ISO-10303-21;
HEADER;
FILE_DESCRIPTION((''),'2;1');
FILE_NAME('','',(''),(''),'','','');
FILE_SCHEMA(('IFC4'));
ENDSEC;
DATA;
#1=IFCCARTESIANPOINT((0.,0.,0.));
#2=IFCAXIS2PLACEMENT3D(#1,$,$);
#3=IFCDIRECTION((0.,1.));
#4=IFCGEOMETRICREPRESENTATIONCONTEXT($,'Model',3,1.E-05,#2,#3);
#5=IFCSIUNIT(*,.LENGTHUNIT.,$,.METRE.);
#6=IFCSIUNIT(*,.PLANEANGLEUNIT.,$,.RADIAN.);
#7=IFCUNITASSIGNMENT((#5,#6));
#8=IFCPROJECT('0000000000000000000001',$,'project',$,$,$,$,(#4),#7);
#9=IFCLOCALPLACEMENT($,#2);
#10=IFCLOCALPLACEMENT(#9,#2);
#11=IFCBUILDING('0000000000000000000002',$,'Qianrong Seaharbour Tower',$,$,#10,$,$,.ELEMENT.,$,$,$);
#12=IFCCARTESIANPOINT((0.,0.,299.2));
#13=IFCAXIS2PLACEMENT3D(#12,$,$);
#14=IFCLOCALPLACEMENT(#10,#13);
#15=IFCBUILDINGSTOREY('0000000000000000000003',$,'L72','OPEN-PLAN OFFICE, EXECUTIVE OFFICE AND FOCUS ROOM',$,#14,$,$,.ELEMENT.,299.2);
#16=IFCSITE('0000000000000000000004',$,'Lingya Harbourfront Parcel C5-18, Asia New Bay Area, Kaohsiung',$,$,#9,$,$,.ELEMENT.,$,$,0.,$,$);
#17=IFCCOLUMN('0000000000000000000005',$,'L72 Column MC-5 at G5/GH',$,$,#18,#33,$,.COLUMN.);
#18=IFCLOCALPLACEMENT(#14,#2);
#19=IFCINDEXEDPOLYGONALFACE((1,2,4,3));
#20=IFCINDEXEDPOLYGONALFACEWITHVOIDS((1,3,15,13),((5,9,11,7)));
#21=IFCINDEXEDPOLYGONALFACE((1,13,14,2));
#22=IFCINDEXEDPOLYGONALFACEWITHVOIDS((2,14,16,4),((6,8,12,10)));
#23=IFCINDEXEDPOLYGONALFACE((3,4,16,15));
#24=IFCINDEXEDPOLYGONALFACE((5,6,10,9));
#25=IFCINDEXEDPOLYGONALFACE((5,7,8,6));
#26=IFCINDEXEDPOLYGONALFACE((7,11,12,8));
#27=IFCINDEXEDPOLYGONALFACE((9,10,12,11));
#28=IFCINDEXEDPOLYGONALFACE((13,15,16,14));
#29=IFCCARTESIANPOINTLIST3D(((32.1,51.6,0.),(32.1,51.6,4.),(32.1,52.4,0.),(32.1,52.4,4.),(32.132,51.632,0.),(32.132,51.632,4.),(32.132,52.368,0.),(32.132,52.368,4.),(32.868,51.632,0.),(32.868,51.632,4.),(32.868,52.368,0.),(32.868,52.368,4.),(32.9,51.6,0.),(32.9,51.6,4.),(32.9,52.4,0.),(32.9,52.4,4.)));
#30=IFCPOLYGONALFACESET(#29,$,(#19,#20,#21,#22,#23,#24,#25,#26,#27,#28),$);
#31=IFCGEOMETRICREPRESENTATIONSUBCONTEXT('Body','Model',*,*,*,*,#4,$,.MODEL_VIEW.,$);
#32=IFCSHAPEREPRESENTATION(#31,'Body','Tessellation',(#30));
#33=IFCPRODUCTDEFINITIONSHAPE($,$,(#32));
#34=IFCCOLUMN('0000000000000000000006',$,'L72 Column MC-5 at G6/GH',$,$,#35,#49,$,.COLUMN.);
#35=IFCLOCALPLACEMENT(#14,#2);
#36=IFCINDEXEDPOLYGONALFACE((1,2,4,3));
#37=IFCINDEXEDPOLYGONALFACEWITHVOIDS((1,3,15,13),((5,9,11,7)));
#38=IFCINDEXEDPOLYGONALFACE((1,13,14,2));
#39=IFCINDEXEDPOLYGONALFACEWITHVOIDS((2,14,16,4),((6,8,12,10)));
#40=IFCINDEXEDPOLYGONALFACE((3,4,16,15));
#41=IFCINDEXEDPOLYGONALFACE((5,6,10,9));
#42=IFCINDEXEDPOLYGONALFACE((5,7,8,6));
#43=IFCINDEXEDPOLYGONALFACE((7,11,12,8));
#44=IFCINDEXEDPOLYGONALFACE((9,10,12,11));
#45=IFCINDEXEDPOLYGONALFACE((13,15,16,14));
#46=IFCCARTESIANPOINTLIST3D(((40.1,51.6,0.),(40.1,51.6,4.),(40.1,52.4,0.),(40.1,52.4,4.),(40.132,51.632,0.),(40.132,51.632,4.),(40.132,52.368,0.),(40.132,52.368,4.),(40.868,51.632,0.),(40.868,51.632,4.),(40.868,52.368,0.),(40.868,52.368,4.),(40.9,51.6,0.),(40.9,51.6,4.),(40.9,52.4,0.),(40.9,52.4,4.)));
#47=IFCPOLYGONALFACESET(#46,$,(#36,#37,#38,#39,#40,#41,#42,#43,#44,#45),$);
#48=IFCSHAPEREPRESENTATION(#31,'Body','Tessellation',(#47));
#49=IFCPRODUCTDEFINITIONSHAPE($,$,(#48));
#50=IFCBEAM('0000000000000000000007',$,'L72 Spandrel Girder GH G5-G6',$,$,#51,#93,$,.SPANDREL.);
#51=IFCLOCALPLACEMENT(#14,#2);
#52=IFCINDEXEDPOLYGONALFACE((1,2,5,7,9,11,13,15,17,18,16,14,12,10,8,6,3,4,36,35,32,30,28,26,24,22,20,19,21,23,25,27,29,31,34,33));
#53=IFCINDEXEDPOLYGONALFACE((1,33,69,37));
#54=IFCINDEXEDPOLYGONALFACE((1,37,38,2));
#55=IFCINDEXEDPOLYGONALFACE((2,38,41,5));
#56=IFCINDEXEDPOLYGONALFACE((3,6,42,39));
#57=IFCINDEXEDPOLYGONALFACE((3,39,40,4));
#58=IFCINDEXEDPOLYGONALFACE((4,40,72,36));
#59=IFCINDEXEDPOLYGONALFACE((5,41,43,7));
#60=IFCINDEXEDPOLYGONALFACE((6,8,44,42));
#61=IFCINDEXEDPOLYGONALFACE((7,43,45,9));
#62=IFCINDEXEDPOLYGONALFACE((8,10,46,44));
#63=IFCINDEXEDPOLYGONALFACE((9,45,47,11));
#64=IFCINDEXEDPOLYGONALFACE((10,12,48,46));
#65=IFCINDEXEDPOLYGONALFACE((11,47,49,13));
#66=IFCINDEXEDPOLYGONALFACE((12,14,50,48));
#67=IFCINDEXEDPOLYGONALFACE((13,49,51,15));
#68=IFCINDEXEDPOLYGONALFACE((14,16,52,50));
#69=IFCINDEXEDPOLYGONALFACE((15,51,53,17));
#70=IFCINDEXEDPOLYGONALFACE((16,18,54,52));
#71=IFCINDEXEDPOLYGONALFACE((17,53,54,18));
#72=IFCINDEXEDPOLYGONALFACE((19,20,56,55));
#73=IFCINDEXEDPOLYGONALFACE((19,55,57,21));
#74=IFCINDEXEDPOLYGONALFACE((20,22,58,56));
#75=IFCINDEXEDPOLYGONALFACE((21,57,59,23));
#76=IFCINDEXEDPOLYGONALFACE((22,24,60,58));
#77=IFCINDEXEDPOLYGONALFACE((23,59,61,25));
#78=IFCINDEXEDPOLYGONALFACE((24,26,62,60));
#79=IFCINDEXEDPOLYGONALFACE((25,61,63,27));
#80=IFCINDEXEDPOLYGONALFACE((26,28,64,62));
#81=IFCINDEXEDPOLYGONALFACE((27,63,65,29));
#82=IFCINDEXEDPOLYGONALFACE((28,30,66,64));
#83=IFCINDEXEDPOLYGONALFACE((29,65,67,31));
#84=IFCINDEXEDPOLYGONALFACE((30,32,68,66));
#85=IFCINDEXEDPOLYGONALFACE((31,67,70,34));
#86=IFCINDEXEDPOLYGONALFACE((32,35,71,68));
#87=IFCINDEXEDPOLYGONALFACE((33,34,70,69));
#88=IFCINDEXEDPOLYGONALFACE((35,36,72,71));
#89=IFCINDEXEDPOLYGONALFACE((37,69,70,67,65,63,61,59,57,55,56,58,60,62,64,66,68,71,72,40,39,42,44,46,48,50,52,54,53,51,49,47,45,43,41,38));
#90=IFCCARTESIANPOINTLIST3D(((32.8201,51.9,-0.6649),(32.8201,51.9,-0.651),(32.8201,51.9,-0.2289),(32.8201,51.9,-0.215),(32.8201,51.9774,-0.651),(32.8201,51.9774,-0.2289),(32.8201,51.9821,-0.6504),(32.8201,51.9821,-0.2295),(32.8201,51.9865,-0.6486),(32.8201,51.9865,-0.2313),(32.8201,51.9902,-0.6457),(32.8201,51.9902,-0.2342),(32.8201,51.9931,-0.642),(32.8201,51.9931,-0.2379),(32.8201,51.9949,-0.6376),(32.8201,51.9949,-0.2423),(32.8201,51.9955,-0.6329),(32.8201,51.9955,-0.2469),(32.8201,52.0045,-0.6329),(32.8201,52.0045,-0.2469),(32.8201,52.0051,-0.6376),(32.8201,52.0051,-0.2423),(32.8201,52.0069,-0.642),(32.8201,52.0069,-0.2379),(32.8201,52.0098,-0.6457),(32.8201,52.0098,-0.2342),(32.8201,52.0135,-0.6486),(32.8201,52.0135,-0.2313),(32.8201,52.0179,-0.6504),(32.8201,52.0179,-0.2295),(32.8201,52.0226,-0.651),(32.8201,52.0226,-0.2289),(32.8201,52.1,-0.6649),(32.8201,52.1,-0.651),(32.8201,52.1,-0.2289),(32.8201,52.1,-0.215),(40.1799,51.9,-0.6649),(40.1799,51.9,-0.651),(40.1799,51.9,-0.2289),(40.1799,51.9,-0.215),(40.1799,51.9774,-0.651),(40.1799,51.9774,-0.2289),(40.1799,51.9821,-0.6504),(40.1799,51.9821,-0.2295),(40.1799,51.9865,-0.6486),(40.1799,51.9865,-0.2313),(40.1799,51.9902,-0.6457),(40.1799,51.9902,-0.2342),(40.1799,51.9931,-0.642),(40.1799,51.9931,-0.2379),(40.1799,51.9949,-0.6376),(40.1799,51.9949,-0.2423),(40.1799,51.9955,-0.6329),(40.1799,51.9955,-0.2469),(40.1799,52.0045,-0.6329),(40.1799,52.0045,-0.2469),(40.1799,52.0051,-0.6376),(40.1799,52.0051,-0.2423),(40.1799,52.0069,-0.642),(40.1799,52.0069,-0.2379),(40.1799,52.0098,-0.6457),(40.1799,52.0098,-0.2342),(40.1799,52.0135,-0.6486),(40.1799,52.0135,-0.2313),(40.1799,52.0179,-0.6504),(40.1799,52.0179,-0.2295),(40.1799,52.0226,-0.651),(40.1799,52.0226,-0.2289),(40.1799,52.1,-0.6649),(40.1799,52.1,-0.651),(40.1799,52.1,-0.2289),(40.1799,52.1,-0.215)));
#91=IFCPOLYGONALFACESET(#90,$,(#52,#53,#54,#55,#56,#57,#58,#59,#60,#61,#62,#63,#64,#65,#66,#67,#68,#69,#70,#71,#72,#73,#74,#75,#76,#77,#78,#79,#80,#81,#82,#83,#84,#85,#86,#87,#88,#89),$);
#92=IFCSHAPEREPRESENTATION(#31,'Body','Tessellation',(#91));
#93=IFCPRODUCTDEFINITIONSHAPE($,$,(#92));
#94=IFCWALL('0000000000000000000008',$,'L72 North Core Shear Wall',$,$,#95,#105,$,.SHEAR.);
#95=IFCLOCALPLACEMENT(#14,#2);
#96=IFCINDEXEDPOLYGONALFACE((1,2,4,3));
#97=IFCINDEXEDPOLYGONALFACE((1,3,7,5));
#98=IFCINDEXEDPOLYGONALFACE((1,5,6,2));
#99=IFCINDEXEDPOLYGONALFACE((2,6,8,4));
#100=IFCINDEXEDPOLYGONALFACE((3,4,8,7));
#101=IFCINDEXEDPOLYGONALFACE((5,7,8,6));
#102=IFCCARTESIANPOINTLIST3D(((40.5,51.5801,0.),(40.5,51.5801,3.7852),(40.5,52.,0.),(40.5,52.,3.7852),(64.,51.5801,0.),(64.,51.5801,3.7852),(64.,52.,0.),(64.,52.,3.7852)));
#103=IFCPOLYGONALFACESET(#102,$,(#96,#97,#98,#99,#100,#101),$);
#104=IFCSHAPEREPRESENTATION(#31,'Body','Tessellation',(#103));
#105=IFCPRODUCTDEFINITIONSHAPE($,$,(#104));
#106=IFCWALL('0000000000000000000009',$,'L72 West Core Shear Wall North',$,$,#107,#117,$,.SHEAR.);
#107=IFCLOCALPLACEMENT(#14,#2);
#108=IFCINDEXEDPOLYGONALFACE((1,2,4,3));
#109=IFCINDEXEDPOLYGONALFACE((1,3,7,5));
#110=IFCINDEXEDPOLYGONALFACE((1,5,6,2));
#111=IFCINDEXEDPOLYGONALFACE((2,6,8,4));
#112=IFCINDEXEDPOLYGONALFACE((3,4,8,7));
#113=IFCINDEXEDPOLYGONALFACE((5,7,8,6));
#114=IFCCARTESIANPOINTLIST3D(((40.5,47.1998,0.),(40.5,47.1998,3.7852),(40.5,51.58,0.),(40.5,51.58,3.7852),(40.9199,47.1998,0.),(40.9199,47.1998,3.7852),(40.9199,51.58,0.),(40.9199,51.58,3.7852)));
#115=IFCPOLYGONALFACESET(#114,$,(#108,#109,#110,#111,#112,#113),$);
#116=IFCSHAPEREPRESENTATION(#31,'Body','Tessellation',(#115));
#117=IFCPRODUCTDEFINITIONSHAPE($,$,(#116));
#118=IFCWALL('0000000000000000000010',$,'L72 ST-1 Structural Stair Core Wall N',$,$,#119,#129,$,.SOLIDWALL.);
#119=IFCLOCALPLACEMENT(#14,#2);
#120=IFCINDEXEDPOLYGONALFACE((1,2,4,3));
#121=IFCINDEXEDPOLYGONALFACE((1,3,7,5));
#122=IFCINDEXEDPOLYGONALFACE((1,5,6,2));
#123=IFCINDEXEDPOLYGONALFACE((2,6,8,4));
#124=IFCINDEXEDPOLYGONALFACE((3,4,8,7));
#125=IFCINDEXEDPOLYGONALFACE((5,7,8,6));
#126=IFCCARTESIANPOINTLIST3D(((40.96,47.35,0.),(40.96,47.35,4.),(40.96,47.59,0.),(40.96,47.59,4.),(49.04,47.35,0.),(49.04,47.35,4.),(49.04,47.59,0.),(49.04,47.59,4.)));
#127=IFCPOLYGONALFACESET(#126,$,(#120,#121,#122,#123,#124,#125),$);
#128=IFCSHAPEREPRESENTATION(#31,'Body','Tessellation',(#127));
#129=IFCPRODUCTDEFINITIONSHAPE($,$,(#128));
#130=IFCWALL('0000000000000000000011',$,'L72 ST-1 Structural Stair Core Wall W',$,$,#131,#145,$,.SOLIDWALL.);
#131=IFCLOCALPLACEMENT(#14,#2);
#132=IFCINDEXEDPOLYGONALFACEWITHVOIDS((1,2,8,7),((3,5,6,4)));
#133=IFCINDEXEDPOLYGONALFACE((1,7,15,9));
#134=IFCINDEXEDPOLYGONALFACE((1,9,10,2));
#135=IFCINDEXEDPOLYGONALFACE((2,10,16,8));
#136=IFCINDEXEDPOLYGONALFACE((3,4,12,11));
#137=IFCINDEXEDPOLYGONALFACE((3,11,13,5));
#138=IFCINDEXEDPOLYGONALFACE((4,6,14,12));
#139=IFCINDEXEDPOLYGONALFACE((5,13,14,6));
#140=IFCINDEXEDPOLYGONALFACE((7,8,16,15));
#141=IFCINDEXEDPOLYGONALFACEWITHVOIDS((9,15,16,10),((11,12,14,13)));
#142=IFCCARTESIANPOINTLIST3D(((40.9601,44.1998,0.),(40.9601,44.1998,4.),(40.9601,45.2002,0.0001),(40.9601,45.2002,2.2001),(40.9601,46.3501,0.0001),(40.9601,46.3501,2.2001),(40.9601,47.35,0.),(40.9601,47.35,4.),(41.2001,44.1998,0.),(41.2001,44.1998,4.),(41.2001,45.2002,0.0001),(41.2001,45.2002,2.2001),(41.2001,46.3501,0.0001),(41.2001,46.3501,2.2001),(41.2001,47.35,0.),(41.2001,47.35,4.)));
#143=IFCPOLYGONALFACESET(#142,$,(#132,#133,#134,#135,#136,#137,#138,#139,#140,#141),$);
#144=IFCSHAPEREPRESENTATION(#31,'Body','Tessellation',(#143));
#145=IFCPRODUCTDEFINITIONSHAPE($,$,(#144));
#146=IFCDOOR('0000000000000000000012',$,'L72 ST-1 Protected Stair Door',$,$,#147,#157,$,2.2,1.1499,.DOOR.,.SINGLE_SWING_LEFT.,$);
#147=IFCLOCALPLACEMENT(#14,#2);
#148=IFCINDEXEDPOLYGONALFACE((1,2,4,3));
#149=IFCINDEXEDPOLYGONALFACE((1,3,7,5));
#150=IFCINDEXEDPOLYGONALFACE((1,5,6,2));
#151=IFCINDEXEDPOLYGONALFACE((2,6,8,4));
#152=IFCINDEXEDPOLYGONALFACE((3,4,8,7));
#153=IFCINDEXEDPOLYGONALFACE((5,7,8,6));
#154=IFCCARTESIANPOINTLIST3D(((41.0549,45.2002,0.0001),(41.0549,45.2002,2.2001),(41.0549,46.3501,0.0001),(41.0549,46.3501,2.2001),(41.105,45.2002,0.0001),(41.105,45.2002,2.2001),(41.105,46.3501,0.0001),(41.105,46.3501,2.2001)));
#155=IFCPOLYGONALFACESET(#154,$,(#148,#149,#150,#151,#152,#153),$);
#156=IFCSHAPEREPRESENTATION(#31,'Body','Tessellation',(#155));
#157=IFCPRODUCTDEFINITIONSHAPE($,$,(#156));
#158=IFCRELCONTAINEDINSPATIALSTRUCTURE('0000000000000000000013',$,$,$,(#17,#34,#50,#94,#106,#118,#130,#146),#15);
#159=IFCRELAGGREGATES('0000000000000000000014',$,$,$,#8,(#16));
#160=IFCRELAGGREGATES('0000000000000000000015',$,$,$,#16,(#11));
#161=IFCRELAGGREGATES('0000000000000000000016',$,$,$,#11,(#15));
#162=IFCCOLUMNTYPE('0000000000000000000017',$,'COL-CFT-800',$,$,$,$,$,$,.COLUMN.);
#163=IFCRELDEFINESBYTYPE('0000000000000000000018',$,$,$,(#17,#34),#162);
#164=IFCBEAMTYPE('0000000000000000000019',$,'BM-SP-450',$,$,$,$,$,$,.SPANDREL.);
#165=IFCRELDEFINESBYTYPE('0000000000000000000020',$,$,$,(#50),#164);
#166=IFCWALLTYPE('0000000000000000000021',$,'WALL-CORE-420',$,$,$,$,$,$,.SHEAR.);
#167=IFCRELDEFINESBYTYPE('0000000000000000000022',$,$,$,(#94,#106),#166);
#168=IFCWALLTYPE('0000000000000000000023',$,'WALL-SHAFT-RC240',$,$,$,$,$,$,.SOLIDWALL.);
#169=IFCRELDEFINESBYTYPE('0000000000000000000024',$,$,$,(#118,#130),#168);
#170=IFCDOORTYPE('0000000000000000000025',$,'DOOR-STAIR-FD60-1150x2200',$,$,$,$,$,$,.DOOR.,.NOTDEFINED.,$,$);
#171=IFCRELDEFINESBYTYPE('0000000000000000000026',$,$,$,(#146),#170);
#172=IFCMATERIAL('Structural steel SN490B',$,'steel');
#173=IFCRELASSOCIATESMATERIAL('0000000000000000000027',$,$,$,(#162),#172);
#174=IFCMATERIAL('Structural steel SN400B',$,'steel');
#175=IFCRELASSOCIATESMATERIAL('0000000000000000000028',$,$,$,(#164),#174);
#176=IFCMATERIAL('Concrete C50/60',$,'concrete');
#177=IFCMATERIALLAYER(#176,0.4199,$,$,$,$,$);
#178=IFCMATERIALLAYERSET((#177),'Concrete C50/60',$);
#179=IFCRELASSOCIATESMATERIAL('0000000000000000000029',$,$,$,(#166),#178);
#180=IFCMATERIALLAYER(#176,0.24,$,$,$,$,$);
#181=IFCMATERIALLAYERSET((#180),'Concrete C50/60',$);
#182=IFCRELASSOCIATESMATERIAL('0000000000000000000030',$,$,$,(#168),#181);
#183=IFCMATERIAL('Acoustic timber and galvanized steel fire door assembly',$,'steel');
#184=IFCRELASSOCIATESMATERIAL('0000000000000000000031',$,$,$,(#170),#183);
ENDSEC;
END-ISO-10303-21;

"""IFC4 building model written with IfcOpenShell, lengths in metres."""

from ifc_helpers import new_model, si_unit, direction, frame, frame_2d, origin, origin_2d, place, context, subcontext, project, spatial, rectangle, hollow_rectangle, i_section, extrude, material, layer, layer_set, material_profile, profile_set, type_object, element, fill, save


model = new_model("IFC4")

# Units and contexts
model_context = context("Model", 3, precision=1e-05, world=origin(), true_north=direction((0.0, 1.0)))
body_context = subcontext(model_context, "Body", "Model", "MODEL_VIEW")
ifc_project = project(units=[si_unit("LENGTHUNIT", "METRE"), si_unit("PLANEANGLEUNIT", "RADIAN")], contexts=[model_context])

# Site, building, storey
site_placement = place(None, origin())
site = spatial("IfcSite", under=ifc_project, at=site_placement, Name="Lingya Harbourfront Parcel C5-18, Asia New Bay Area, Kaohsiung", CompositionType="ELEMENT", RefElevation=0.0)
building_placement = place(site_placement, origin())
building = spatial("IfcBuilding", under=site, at=building_placement, Name="Qianrong Seaharbour Tower", CompositionType="ELEMENT")
storey_placement = place(building_placement, frame((0.0, 0.0, 299.2)))
storey = spatial("IfcBuildingStorey", under=building, at=storey_placement, Name="L72", Description="OPEN-PLAN OFFICE, EXECUTIVE OFFICE AND FOCUS ROOM", CompositionType="ELEMENT", Elevation=299.2)

# Columns
ifc_material_1 = material(Name="Structural steel SN490B", Category="steel")
ifc_material_profile_1 = material_profile(ifc_material_1, hollow_rectangle(XDim=0.8, YDim=0.8, WallThickness=0.032, at=origin_2d()), Name="BOX800x800x32")
ifc_profile_set_1 = profile_set([ifc_material_profile_1], Name="Structural steel SN490B")
column_type = type_object("IfcColumnType", Name="COL-CFT-800", PredefinedType="COLUMN", material=ifc_profile_set_1)
for number, where, z_axis, x_axis, name in (
    (1, (32.5, 52.0, 0.0), (0.0, 0.0, 1.0), (1.0, 0.0, 0.0), "L72 Column MC-5 at G5/GH"),
    (2, (40.5, 52.0, 0.0), (0.0, 0.0, 1.0), (1.0, 0.0, 0.0), "L72 Column MC-5 at G6/GH"),
):
    element("IfcColumn", number, at=place(storey_placement, frame(where, z_axis=z_axis, x_axis=x_axis)), inside=storey, type_object=column_type, Name=name, PredefinedType="COLUMN", context=body_context, shape_type="SweptSolid", body=[
        extrude(hollow_rectangle(XDim=0.8, YDim=0.8, WallThickness=0.032, at=origin_2d()), origin(), (0.0, 0.0, 1.0), 4.0),
    ])

# Beam
ifc_material_2 = material(Name="Structural steel SN400B", Category="steel")
ifc_material_profile_2 = material_profile(ifc_material_2, i_section(OverallWidth=0.2, OverallDepth=0.45, WebThickness=0.009, FlangeThickness=0.0139, FilletRadius=0.0181, at=origin_2d()), Name="H450x200x9x14")
ifc_profile_set_2 = profile_set([ifc_material_profile_2], Name="Structural steel SN400B")
beam_type = type_object("IfcBeamType", Name="BM-SP-450", PredefinedType="SPANDREL", material=ifc_profile_set_2)
beam_placement = place(storey_placement, frame((32.8201, 52.0, -0.4399), z_axis=(1.0, 0.0, 0.0), x_axis=(0.0, 1.0, 0.0)))
element("IfcBeam", 3, at=beam_placement, inside=storey, type_object=beam_type, Name="L72 Spandrel Girder GH G5-G6", PredefinedType="SPANDREL", context=body_context, shape_type="SweptSolid", body=[
    extrude(i_section(OverallWidth=0.2, OverallDepth=0.45, WebThickness=0.009, FlangeThickness=0.0139, FilletRadius=0.0181, at=origin_2d()), origin(), (0.0, 0.0, 1.0), 7.3599),
])

# Walls
ifc_material_3 = material(Name="Concrete C50/60", Category="concrete")
ifc_layer_1 = layer(ifc_material_3, 0.4199)
ifc_layer_set_1 = layer_set([ifc_layer_1], Name="Concrete C50/60")
wall_type_1 = type_object("IfcWallType", Name="WALL-CORE-420", PredefinedType="SHEAR", material=ifc_layer_set_1)
wall_1_placement = place(storey_placement, frame((40.5, 51.79, 0.0), z_axis=(0.0, 0.0, 1.0), x_axis=(1.0, 0.0, 0.0)))
element("IfcWall", 4, at=wall_1_placement, inside=storey, type_object=wall_type_1, Name="L72 North Core Shear Wall", PredefinedType="SHEAR", context=body_context, shape_type="SweptSolid", body=[
    extrude(rectangle(XDim=23.5, YDim=0.4199, at=frame_2d((11.75, 0.0))), origin(), (0.0, 0.0, 1.0), 3.7852),
])
wall_2_placement = place(storey_placement, frame((40.71, 47.2, 0.0), z_axis=(0.0, 0.0, 1.0), x_axis=(0.0, 1.0, 0.0)))
element("IfcWall", 5, at=wall_2_placement, inside=storey, type_object=wall_type_1, Name="L72 West Core Shear Wall North", PredefinedType="SHEAR", context=body_context, shape_type="SweptSolid", body=[
    extrude(rectangle(XDim=4.3801, YDim=0.4199, at=frame_2d((2.1899, 0.0))), origin(), (0.0, 0.0, 1.0), 3.7852),
])

# Shared definitions
ifc_material_4 = material(Name="Acoustic timber and galvanized steel fire door assembly", Category="steel")

# Wall
ifc_layer_2 = layer(ifc_material_3, 0.24)
ifc_layer_set_2 = layer_set([ifc_layer_2], Name="Concrete C50/60")
wall_type_2 = type_object("IfcWallType", Name="WALL-SHAFT-RC240", PredefinedType="SOLIDWALL", material=ifc_layer_set_2)
wall_3_placement = place(storey_placement, frame((40.96, 47.47, 0.0), z_axis=(0.0, 0.0, 1.0), x_axis=(1.0, 0.0, 0.0)))
element("IfcWall", 6, at=wall_3_placement, inside=storey, type_object=wall_type_2, Name="L72 ST-1 Structural Stair Core Wall N", PredefinedType="SOLIDWALL", context=body_context, shape_type="SweptSolid", body=[
    extrude(rectangle(XDim=8.0801, YDim=0.24, at=frame_2d((4.04, 0.0))), origin(), (0.0, 0.0, 1.0), 4.0),
])

# Wall, opening, door
wall_4_placement = place(storey_placement, frame((41.0801, 47.3501, 0.0), z_axis=(0.0, 0.0, 1.0), x_axis=(0.0, -1.0, 0.0)))
wall_4 = element("IfcWall", 7, at=wall_4_placement, inside=storey, type_object=wall_type_2, Name="L72 ST-1 Structural Stair Core Wall W", PredefinedType="SOLIDWALL", context=body_context, shape_type="SweptSolid", body=[
    extrude(rectangle(XDim=3.1501, YDim=0.24, at=frame_2d((1.5752, 0.0))), origin(), (0.0, 0.0, 1.0), 4.0),
])
opening_1_placement = place(wall_4_placement, frame((1.0, 0.0, 0.0)))
opening_1 = element("IfcOpeningElement", 8, at=opening_1_placement, cuts=wall_4, PredefinedType="OPENING", context=body_context, shape_type="SweptSolid", body=[
    extrude(rectangle(XDim=1.1499, YDim=2.2, at=frame_2d((0.575, 1.1001))), frame((0.0, 0.1299, 0.0), z_axis=(0.0, -1.0, 0.0), x_axis=(1.0, 0.0, 0.0)), (0.0, 0.0, 1.0), 0.26),
])
door_type_1 = type_object("IfcDoorType", Name="DOOR-STAIR-FD60-1150x2200", OperationType="NOTDEFINED", PredefinedType="DOOR", material=ifc_material_4)
door_1_placement = place(opening_1_placement, origin())
door_1 = element("IfcDoor", 9, at=door_1_placement, inside=storey, type_object=door_type_1, Name="L72 ST-1 Protected Stair Door", OperationType="SINGLE_SWING_LEFT", OverallHeight=2.2, OverallWidth=1.1499, PredefinedType="DOOR", context=body_context, shape_type="SweptSolid", body=[
    extrude(rectangle(XDim=1.1499, YDim=2.2, at=frame_2d((0.575, 1.1001))), frame((0.0, 0.0249, 0.0), z_axis=(0.0, -1.0, 0.0), x_axis=(1.0, 0.0, 0.0)), (0.0, 0.0, 1.0), 0.05),
])
fill(opening_1, door_1)

save(model, "model.ifc")
